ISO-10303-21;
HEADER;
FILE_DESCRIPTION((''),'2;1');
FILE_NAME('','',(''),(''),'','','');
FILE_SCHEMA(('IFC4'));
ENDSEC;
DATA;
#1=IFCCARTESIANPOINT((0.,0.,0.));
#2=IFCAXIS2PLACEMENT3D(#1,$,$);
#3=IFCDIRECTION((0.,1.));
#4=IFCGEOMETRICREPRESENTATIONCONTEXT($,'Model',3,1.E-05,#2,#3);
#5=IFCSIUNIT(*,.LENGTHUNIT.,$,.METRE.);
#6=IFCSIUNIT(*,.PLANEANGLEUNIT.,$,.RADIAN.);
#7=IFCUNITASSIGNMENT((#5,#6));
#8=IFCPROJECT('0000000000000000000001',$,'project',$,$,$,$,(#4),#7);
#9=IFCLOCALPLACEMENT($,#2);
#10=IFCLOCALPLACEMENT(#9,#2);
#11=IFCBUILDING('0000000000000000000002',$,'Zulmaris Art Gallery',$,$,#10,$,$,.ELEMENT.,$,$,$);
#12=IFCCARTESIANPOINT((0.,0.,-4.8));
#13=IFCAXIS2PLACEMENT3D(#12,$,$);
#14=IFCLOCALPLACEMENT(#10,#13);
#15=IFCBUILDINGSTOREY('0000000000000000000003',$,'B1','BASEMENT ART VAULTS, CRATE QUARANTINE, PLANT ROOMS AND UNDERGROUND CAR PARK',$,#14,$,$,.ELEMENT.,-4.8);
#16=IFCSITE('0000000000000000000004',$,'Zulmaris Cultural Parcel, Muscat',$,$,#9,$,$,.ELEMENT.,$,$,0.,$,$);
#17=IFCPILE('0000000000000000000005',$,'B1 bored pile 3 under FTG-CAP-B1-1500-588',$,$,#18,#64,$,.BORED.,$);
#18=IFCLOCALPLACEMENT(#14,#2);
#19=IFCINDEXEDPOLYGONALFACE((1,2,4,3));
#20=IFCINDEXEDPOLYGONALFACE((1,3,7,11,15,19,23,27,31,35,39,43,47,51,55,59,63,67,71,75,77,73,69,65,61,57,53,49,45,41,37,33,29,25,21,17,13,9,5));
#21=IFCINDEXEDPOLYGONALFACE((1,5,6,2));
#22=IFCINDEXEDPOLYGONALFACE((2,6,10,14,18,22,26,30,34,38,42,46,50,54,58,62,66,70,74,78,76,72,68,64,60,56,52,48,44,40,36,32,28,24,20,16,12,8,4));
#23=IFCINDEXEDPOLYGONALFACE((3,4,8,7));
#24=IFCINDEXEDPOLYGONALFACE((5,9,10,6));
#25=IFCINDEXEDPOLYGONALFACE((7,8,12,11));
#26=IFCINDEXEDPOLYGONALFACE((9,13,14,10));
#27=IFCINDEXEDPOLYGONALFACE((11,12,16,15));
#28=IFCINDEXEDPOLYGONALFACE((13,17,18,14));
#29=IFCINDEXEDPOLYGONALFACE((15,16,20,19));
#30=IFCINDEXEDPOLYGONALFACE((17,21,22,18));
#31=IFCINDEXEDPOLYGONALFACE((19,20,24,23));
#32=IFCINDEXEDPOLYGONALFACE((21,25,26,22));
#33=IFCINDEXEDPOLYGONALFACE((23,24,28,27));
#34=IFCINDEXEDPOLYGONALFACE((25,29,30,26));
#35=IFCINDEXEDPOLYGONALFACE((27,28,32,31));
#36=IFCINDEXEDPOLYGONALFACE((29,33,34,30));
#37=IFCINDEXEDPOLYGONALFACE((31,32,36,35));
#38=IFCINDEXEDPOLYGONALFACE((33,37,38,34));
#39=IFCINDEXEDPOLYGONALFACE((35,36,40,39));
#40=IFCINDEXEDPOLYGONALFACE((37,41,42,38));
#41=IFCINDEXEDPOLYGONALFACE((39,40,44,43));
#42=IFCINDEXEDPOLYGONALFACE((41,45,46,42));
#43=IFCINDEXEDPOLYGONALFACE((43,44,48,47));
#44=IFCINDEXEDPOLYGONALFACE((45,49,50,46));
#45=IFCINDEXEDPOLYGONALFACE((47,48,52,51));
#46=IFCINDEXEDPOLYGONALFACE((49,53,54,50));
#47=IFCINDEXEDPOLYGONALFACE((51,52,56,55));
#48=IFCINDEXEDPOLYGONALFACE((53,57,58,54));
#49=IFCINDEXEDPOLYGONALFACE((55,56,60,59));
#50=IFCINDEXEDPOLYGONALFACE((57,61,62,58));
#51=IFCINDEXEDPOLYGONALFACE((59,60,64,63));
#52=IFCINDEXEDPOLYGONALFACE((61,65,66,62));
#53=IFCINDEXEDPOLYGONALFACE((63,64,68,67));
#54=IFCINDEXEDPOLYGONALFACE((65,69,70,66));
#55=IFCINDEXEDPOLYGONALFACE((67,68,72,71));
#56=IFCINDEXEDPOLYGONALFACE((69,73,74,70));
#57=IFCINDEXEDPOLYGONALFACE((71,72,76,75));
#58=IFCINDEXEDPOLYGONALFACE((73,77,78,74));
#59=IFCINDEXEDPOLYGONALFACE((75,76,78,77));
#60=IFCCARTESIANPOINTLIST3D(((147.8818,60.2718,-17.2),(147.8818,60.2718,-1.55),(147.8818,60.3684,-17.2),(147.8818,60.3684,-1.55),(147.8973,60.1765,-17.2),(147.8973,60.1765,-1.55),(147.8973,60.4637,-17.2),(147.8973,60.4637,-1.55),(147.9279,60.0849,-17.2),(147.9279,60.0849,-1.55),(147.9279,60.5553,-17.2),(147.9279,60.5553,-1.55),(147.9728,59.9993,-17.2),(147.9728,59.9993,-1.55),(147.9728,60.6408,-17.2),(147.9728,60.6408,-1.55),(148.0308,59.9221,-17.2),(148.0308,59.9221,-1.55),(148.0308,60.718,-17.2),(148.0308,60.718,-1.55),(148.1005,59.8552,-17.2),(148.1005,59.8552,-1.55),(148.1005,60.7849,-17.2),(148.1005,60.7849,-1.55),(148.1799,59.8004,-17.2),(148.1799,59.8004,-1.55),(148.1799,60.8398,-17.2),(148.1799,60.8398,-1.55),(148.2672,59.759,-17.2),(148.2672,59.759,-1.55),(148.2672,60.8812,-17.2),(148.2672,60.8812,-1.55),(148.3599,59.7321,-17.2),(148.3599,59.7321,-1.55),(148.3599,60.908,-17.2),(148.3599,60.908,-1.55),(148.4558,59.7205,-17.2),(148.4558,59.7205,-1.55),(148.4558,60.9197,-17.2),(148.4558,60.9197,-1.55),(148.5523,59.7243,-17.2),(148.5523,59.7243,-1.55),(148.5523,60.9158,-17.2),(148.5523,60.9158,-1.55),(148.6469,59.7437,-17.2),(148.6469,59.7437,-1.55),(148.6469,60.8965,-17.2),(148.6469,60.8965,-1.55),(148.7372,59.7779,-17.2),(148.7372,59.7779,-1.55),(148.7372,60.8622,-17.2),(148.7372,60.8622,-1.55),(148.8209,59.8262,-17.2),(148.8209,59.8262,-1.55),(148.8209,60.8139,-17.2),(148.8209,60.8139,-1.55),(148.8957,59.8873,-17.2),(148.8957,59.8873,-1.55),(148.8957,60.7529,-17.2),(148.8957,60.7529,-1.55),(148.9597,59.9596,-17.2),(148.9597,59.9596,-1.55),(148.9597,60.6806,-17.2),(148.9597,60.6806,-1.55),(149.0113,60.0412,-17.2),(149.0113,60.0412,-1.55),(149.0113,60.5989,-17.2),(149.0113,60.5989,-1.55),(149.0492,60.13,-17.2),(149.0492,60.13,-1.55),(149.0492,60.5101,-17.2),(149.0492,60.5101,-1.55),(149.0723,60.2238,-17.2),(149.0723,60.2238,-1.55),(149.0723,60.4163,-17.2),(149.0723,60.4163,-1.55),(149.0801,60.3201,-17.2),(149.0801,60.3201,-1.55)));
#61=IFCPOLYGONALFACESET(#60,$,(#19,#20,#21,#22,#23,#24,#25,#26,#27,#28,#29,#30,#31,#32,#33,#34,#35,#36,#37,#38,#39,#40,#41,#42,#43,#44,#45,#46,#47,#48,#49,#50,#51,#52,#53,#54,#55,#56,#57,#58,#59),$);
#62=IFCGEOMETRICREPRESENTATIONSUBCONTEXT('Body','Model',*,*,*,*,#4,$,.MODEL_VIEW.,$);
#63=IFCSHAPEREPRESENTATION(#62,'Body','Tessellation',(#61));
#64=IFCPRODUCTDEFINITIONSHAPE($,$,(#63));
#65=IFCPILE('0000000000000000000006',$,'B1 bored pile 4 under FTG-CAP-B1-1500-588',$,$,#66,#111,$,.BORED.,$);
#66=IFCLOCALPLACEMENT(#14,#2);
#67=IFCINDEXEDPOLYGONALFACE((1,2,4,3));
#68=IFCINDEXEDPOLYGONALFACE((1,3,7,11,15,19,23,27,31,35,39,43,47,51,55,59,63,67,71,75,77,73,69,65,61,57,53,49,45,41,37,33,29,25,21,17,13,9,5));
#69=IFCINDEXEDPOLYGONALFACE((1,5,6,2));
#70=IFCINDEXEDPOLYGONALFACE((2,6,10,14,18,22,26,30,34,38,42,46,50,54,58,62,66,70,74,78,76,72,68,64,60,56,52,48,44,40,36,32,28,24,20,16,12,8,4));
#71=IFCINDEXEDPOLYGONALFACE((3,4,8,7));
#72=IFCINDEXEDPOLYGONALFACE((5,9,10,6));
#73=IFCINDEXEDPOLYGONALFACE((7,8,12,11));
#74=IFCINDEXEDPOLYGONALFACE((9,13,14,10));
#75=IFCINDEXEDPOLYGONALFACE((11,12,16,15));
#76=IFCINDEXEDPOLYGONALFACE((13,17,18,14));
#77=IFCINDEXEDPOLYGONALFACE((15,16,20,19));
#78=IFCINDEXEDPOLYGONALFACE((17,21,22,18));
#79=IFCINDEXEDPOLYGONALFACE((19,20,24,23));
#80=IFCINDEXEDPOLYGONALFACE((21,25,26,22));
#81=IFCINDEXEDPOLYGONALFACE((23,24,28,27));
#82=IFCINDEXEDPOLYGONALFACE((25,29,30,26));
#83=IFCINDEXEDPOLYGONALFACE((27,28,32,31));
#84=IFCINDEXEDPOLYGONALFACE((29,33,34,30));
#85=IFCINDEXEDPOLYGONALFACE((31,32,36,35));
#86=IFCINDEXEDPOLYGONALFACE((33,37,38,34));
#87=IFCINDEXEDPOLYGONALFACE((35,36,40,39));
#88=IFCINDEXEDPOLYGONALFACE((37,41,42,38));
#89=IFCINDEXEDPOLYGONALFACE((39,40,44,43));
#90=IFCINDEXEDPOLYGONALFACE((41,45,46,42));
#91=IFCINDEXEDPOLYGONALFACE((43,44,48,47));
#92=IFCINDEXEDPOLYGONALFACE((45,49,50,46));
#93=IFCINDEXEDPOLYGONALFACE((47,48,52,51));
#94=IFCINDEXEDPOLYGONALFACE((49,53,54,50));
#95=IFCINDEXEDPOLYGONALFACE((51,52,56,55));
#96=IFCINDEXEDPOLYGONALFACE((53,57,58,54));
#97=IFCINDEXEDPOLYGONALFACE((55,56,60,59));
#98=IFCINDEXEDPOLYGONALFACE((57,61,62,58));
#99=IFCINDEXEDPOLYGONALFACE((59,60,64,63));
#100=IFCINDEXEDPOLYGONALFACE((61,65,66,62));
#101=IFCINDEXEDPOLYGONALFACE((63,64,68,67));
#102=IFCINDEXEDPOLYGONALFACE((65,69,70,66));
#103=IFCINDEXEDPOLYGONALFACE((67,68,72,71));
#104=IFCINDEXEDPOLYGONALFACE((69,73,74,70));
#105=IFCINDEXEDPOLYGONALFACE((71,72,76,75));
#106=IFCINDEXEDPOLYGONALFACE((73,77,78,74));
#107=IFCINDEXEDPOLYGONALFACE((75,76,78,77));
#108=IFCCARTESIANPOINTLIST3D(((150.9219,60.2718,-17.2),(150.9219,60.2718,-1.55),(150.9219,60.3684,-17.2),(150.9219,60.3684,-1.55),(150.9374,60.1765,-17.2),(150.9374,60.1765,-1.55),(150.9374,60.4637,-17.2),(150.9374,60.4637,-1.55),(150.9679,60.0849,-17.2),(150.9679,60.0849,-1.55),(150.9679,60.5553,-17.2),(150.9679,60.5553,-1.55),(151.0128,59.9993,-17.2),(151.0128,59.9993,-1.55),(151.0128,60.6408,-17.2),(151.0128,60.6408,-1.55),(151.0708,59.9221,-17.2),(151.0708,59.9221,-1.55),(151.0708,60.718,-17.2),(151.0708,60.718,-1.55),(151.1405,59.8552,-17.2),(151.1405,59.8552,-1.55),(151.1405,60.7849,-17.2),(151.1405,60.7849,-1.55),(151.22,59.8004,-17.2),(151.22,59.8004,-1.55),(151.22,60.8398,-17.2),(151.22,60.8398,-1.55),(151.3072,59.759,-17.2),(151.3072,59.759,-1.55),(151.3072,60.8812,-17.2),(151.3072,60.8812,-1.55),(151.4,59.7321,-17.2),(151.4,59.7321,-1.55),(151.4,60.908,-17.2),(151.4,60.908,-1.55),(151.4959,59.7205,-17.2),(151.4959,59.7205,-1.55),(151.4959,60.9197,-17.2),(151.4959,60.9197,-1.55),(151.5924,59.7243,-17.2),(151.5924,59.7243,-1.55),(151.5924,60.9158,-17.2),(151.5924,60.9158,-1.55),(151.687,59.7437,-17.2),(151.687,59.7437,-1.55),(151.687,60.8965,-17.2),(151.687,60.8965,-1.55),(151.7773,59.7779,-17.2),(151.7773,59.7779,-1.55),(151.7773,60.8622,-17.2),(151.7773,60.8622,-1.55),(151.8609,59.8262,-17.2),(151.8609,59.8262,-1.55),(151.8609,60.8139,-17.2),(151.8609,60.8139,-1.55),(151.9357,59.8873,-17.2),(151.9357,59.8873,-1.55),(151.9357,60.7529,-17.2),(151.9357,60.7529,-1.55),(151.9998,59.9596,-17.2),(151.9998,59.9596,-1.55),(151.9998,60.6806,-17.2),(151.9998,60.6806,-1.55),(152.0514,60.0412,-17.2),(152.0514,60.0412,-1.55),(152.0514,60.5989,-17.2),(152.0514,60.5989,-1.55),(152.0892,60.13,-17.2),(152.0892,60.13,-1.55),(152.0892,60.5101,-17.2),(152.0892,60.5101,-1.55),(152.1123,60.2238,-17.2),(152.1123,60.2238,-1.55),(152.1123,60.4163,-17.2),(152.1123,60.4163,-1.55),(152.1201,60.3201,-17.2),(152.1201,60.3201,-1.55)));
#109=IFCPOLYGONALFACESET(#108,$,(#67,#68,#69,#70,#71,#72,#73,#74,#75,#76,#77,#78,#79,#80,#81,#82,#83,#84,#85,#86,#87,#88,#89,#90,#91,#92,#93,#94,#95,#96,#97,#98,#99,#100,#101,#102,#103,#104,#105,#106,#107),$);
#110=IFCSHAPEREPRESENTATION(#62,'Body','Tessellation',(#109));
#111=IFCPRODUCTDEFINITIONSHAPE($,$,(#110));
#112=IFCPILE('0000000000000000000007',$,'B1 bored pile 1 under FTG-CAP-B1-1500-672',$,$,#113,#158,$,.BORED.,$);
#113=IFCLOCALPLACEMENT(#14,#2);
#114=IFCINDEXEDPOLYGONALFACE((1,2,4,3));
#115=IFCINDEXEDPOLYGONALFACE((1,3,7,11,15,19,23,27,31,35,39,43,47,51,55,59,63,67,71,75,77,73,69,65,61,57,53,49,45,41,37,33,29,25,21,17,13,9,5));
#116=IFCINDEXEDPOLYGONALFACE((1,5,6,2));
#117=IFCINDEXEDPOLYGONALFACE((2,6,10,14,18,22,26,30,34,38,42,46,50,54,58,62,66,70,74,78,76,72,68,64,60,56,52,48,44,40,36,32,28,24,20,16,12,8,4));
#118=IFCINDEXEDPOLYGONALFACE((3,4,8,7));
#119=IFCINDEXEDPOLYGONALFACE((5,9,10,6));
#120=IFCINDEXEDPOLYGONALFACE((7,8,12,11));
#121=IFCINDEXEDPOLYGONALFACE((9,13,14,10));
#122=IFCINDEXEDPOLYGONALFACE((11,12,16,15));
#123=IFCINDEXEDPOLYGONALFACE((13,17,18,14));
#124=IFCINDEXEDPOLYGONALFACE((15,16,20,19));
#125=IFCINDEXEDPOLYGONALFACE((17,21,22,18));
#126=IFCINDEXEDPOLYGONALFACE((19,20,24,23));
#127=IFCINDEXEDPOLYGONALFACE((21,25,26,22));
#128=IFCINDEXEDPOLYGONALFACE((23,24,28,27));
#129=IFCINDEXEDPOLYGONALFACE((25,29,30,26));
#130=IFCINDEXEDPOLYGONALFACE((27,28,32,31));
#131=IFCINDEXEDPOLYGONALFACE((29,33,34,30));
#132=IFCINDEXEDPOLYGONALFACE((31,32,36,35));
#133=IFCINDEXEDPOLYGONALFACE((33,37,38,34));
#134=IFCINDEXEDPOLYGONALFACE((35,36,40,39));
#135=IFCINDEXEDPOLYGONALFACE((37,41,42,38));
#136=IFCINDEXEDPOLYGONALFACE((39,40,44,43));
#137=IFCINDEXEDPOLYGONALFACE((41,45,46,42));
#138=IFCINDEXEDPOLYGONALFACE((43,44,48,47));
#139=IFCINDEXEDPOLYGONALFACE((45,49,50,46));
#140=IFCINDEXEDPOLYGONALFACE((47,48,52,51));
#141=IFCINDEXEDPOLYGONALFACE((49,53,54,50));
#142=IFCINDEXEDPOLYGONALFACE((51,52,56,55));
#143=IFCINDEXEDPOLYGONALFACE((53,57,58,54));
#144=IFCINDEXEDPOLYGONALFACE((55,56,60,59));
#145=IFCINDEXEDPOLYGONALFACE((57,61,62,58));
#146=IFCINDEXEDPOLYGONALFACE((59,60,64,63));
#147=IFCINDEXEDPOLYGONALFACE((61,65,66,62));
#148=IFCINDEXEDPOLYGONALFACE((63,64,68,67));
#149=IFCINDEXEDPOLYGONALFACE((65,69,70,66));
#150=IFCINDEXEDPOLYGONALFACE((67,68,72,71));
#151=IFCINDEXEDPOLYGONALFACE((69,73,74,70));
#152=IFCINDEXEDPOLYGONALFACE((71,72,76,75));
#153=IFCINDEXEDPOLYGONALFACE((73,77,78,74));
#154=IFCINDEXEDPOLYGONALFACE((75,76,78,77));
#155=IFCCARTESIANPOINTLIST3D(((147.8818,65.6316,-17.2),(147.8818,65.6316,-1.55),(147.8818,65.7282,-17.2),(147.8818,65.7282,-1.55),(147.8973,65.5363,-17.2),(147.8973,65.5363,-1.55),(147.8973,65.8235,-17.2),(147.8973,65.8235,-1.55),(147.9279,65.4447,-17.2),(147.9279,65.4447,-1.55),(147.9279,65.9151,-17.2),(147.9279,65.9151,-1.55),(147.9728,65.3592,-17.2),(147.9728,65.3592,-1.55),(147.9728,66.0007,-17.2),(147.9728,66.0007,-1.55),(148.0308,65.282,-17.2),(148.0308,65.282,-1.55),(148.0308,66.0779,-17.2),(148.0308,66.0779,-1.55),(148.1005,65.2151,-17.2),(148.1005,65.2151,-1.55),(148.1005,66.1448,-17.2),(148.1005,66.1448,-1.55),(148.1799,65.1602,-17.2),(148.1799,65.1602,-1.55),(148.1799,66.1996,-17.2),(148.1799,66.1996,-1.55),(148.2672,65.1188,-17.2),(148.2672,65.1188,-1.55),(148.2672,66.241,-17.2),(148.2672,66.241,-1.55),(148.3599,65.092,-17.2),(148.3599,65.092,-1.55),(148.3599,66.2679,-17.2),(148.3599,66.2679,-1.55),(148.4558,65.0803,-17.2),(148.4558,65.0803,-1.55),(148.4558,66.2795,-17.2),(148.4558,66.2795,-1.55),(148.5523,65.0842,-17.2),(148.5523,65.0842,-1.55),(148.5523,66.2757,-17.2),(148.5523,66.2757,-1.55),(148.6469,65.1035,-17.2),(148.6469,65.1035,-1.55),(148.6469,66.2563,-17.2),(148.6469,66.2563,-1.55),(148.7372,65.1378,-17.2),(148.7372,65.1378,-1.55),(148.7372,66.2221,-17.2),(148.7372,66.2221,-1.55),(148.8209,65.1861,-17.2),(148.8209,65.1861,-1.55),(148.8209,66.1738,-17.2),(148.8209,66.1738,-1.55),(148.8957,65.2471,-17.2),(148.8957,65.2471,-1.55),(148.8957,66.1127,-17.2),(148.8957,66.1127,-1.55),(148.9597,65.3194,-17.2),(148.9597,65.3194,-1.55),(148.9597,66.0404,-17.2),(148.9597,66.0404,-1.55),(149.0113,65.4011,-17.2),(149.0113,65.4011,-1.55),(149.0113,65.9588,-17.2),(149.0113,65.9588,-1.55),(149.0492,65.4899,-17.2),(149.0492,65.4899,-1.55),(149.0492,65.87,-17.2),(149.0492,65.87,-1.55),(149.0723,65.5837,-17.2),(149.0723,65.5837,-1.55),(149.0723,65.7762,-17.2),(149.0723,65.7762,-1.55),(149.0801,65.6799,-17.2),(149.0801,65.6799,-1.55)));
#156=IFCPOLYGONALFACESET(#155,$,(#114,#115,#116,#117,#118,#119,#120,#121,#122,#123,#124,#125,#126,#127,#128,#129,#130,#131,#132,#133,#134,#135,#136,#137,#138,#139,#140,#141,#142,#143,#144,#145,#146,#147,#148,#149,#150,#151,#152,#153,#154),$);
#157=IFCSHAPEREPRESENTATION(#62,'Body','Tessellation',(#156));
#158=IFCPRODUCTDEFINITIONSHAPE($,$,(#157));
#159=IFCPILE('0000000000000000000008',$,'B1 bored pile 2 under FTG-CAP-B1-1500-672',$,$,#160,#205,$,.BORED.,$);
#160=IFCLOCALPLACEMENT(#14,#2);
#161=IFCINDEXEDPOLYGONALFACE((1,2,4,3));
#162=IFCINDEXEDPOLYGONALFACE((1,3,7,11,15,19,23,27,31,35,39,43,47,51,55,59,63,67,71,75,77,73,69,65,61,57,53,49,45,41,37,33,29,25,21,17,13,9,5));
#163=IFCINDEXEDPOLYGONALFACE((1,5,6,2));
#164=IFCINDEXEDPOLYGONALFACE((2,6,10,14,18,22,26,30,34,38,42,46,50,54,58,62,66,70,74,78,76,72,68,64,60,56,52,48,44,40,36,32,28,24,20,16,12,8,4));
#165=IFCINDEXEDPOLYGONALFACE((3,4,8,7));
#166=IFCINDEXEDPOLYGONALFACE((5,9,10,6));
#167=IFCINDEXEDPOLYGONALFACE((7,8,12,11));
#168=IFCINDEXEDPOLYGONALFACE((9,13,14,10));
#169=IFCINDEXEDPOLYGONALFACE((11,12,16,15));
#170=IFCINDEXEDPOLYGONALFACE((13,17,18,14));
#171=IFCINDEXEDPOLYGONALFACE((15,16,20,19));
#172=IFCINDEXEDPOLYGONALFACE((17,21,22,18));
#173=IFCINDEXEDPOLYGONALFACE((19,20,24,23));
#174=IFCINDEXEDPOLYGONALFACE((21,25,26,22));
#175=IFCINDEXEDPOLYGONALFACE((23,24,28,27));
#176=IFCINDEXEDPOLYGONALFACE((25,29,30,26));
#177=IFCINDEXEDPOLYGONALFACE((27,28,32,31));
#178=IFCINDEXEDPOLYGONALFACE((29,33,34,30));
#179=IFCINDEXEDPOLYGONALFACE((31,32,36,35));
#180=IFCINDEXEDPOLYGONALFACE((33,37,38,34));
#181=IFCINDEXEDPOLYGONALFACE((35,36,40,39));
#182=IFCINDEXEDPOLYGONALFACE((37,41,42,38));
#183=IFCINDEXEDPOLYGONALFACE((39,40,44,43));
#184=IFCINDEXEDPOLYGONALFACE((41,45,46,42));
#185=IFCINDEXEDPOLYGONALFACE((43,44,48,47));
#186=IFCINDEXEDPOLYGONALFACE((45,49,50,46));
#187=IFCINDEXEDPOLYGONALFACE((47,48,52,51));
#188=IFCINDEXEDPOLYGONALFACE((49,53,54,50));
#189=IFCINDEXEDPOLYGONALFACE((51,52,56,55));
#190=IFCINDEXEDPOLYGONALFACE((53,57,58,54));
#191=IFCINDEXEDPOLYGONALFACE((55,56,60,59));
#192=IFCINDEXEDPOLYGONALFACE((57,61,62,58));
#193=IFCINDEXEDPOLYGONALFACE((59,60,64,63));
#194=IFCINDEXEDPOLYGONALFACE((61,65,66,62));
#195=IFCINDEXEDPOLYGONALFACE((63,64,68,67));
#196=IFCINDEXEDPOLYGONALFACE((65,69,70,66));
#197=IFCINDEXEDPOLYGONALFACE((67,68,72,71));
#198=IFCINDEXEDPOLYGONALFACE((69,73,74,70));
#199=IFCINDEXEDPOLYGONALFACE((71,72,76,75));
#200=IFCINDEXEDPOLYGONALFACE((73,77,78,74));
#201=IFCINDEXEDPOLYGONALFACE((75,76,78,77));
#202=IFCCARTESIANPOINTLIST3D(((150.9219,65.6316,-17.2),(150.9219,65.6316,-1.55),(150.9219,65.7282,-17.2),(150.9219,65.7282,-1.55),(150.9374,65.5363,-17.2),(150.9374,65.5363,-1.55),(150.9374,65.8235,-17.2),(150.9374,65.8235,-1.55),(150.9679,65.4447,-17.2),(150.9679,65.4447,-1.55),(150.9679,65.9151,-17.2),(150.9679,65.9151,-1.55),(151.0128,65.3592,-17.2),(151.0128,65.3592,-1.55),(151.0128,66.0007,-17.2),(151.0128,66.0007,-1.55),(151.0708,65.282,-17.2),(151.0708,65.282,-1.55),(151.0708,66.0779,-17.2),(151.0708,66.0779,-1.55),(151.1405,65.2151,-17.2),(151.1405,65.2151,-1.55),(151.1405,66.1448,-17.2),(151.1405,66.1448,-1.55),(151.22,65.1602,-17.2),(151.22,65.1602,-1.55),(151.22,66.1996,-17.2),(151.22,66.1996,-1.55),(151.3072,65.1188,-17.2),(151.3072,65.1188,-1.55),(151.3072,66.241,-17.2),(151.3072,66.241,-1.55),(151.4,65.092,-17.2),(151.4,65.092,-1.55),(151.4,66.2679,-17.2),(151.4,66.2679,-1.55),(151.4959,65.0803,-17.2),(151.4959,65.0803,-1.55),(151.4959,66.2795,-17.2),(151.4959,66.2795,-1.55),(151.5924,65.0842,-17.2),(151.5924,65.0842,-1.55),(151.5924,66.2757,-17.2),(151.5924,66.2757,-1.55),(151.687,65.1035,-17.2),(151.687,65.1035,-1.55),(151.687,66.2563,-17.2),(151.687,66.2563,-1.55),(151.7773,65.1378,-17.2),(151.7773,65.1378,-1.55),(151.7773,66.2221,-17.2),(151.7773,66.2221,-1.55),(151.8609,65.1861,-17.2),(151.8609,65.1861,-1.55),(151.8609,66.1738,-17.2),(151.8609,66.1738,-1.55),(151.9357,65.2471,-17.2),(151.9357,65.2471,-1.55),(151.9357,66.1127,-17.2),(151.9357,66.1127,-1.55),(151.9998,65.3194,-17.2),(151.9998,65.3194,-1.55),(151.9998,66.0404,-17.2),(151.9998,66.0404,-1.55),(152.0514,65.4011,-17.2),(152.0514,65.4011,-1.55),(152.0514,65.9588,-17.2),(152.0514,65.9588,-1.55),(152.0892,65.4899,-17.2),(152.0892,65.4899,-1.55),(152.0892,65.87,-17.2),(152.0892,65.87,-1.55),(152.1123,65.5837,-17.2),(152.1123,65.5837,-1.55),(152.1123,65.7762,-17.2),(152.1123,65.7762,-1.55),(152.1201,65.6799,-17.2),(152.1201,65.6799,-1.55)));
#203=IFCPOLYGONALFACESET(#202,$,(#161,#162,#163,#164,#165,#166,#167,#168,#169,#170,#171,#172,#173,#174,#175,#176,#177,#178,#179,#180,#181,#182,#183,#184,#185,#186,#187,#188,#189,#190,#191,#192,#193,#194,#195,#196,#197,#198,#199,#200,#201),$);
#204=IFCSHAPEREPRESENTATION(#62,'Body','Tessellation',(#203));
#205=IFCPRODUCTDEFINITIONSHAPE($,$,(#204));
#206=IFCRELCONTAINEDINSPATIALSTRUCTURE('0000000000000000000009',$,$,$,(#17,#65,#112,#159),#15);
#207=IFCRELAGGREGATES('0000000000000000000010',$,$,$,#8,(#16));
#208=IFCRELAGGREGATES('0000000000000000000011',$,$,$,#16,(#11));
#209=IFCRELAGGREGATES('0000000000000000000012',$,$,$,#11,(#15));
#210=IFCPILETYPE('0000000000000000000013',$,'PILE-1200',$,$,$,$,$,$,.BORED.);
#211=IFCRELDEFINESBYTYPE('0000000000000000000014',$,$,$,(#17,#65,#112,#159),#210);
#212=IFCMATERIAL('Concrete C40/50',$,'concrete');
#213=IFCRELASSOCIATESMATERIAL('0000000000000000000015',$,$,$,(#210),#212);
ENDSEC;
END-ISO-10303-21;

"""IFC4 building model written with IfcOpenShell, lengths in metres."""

from ifc_helpers import new_model, si_unit, direction, frame, origin, origin_2d, place, context, subcontext, project, spatial, circle, extrude, material, material_profile, profile_set, type_object, element, save


model = new_model("IFC4")

# Units and contexts
model_context = context("Model", 3, precision=1e-05, world=origin(), true_north=direction((0.0, 1.0)))
body_context = subcontext(model_context, "Body", "Model", "MODEL_VIEW")
ifc_project = project(units=[si_unit("LENGTHUNIT", "METRE"), si_unit("PLANEANGLEUNIT", "RADIAN")], contexts=[model_context])

# Site, building, storey
site_placement = place(None, origin())
site = spatial("IfcSite", under=ifc_project, at=site_placement, Name="Zulmaris Cultural Parcel, Muscat", CompositionType="ELEMENT", RefElevation=0.0)
building_placement = place(site_placement, origin())
building = spatial("IfcBuilding", under=site, at=building_placement, Name="Zulmaris Art Gallery", CompositionType="ELEMENT")
storey_placement = place(building_placement, frame((0.0, 0.0, -4.8)))
storey = spatial("IfcBuildingStorey", under=building, at=storey_placement, Name="B1", Description="BASEMENT ART VAULTS, CRATE QUARANTINE, PLANT ROOMS AND UNDERGROUND CAR PARK", CompositionType="ELEMENT", Elevation=-4.8)

# Piles
ifc_material_1 = material(Name="Concrete C40/50", Category="concrete")
ifc_material_profile_1 = material_profile(ifc_material_1, circle(Radius=0.6001, at=origin_2d()), Name="PILE DIA 1200")
ifc_profile_set_1 = profile_set([ifc_material_profile_1], Name="Concrete C40/50")
pile_type = type_object("IfcPileType", Name="PILE-1200", PredefinedType="BORED", material=ifc_profile_set_1)
for number, where, z_axis, x_axis, name in (
    (1, (148.48, 60.3201, -1.55), (0.0, 0.0, -1.0), (1.0, 0.0, 0.0), "B1 bored pile 3 under FTG-CAP-B1-1500-588"),
    (2, (151.52, 60.3201, -1.55), (0.0, 0.0, -1.0), (1.0, 0.0, 0.0), "B1 bored pile 4 under FTG-CAP-B1-1500-588"),
    (3, (148.48, 65.6799, -1.55), (0.0, 0.0, -1.0), (1.0, 0.0, 0.0), "B1 bored pile 1 under FTG-CAP-B1-1500-672"),
    (4, (151.52, 65.6799, -1.55), (0.0, 0.0, -1.0), (1.0, 0.0, 0.0), "B1 bored pile 2 under FTG-CAP-B1-1500-672"),
):
    element("IfcPile", number, at=place(storey_placement, frame(where, z_axis=z_axis, x_axis=x_axis)), inside=storey, type_object=pile_type, Name=name, PredefinedType="BORED", context=body_context, shape_type="SweptSolid", body=[
        extrude(circle(Radius=0.6001, at=origin_2d()), origin(), (0.0, 0.0, 1.0), 15.6499),
    ])

save(model, "model.ifc")
